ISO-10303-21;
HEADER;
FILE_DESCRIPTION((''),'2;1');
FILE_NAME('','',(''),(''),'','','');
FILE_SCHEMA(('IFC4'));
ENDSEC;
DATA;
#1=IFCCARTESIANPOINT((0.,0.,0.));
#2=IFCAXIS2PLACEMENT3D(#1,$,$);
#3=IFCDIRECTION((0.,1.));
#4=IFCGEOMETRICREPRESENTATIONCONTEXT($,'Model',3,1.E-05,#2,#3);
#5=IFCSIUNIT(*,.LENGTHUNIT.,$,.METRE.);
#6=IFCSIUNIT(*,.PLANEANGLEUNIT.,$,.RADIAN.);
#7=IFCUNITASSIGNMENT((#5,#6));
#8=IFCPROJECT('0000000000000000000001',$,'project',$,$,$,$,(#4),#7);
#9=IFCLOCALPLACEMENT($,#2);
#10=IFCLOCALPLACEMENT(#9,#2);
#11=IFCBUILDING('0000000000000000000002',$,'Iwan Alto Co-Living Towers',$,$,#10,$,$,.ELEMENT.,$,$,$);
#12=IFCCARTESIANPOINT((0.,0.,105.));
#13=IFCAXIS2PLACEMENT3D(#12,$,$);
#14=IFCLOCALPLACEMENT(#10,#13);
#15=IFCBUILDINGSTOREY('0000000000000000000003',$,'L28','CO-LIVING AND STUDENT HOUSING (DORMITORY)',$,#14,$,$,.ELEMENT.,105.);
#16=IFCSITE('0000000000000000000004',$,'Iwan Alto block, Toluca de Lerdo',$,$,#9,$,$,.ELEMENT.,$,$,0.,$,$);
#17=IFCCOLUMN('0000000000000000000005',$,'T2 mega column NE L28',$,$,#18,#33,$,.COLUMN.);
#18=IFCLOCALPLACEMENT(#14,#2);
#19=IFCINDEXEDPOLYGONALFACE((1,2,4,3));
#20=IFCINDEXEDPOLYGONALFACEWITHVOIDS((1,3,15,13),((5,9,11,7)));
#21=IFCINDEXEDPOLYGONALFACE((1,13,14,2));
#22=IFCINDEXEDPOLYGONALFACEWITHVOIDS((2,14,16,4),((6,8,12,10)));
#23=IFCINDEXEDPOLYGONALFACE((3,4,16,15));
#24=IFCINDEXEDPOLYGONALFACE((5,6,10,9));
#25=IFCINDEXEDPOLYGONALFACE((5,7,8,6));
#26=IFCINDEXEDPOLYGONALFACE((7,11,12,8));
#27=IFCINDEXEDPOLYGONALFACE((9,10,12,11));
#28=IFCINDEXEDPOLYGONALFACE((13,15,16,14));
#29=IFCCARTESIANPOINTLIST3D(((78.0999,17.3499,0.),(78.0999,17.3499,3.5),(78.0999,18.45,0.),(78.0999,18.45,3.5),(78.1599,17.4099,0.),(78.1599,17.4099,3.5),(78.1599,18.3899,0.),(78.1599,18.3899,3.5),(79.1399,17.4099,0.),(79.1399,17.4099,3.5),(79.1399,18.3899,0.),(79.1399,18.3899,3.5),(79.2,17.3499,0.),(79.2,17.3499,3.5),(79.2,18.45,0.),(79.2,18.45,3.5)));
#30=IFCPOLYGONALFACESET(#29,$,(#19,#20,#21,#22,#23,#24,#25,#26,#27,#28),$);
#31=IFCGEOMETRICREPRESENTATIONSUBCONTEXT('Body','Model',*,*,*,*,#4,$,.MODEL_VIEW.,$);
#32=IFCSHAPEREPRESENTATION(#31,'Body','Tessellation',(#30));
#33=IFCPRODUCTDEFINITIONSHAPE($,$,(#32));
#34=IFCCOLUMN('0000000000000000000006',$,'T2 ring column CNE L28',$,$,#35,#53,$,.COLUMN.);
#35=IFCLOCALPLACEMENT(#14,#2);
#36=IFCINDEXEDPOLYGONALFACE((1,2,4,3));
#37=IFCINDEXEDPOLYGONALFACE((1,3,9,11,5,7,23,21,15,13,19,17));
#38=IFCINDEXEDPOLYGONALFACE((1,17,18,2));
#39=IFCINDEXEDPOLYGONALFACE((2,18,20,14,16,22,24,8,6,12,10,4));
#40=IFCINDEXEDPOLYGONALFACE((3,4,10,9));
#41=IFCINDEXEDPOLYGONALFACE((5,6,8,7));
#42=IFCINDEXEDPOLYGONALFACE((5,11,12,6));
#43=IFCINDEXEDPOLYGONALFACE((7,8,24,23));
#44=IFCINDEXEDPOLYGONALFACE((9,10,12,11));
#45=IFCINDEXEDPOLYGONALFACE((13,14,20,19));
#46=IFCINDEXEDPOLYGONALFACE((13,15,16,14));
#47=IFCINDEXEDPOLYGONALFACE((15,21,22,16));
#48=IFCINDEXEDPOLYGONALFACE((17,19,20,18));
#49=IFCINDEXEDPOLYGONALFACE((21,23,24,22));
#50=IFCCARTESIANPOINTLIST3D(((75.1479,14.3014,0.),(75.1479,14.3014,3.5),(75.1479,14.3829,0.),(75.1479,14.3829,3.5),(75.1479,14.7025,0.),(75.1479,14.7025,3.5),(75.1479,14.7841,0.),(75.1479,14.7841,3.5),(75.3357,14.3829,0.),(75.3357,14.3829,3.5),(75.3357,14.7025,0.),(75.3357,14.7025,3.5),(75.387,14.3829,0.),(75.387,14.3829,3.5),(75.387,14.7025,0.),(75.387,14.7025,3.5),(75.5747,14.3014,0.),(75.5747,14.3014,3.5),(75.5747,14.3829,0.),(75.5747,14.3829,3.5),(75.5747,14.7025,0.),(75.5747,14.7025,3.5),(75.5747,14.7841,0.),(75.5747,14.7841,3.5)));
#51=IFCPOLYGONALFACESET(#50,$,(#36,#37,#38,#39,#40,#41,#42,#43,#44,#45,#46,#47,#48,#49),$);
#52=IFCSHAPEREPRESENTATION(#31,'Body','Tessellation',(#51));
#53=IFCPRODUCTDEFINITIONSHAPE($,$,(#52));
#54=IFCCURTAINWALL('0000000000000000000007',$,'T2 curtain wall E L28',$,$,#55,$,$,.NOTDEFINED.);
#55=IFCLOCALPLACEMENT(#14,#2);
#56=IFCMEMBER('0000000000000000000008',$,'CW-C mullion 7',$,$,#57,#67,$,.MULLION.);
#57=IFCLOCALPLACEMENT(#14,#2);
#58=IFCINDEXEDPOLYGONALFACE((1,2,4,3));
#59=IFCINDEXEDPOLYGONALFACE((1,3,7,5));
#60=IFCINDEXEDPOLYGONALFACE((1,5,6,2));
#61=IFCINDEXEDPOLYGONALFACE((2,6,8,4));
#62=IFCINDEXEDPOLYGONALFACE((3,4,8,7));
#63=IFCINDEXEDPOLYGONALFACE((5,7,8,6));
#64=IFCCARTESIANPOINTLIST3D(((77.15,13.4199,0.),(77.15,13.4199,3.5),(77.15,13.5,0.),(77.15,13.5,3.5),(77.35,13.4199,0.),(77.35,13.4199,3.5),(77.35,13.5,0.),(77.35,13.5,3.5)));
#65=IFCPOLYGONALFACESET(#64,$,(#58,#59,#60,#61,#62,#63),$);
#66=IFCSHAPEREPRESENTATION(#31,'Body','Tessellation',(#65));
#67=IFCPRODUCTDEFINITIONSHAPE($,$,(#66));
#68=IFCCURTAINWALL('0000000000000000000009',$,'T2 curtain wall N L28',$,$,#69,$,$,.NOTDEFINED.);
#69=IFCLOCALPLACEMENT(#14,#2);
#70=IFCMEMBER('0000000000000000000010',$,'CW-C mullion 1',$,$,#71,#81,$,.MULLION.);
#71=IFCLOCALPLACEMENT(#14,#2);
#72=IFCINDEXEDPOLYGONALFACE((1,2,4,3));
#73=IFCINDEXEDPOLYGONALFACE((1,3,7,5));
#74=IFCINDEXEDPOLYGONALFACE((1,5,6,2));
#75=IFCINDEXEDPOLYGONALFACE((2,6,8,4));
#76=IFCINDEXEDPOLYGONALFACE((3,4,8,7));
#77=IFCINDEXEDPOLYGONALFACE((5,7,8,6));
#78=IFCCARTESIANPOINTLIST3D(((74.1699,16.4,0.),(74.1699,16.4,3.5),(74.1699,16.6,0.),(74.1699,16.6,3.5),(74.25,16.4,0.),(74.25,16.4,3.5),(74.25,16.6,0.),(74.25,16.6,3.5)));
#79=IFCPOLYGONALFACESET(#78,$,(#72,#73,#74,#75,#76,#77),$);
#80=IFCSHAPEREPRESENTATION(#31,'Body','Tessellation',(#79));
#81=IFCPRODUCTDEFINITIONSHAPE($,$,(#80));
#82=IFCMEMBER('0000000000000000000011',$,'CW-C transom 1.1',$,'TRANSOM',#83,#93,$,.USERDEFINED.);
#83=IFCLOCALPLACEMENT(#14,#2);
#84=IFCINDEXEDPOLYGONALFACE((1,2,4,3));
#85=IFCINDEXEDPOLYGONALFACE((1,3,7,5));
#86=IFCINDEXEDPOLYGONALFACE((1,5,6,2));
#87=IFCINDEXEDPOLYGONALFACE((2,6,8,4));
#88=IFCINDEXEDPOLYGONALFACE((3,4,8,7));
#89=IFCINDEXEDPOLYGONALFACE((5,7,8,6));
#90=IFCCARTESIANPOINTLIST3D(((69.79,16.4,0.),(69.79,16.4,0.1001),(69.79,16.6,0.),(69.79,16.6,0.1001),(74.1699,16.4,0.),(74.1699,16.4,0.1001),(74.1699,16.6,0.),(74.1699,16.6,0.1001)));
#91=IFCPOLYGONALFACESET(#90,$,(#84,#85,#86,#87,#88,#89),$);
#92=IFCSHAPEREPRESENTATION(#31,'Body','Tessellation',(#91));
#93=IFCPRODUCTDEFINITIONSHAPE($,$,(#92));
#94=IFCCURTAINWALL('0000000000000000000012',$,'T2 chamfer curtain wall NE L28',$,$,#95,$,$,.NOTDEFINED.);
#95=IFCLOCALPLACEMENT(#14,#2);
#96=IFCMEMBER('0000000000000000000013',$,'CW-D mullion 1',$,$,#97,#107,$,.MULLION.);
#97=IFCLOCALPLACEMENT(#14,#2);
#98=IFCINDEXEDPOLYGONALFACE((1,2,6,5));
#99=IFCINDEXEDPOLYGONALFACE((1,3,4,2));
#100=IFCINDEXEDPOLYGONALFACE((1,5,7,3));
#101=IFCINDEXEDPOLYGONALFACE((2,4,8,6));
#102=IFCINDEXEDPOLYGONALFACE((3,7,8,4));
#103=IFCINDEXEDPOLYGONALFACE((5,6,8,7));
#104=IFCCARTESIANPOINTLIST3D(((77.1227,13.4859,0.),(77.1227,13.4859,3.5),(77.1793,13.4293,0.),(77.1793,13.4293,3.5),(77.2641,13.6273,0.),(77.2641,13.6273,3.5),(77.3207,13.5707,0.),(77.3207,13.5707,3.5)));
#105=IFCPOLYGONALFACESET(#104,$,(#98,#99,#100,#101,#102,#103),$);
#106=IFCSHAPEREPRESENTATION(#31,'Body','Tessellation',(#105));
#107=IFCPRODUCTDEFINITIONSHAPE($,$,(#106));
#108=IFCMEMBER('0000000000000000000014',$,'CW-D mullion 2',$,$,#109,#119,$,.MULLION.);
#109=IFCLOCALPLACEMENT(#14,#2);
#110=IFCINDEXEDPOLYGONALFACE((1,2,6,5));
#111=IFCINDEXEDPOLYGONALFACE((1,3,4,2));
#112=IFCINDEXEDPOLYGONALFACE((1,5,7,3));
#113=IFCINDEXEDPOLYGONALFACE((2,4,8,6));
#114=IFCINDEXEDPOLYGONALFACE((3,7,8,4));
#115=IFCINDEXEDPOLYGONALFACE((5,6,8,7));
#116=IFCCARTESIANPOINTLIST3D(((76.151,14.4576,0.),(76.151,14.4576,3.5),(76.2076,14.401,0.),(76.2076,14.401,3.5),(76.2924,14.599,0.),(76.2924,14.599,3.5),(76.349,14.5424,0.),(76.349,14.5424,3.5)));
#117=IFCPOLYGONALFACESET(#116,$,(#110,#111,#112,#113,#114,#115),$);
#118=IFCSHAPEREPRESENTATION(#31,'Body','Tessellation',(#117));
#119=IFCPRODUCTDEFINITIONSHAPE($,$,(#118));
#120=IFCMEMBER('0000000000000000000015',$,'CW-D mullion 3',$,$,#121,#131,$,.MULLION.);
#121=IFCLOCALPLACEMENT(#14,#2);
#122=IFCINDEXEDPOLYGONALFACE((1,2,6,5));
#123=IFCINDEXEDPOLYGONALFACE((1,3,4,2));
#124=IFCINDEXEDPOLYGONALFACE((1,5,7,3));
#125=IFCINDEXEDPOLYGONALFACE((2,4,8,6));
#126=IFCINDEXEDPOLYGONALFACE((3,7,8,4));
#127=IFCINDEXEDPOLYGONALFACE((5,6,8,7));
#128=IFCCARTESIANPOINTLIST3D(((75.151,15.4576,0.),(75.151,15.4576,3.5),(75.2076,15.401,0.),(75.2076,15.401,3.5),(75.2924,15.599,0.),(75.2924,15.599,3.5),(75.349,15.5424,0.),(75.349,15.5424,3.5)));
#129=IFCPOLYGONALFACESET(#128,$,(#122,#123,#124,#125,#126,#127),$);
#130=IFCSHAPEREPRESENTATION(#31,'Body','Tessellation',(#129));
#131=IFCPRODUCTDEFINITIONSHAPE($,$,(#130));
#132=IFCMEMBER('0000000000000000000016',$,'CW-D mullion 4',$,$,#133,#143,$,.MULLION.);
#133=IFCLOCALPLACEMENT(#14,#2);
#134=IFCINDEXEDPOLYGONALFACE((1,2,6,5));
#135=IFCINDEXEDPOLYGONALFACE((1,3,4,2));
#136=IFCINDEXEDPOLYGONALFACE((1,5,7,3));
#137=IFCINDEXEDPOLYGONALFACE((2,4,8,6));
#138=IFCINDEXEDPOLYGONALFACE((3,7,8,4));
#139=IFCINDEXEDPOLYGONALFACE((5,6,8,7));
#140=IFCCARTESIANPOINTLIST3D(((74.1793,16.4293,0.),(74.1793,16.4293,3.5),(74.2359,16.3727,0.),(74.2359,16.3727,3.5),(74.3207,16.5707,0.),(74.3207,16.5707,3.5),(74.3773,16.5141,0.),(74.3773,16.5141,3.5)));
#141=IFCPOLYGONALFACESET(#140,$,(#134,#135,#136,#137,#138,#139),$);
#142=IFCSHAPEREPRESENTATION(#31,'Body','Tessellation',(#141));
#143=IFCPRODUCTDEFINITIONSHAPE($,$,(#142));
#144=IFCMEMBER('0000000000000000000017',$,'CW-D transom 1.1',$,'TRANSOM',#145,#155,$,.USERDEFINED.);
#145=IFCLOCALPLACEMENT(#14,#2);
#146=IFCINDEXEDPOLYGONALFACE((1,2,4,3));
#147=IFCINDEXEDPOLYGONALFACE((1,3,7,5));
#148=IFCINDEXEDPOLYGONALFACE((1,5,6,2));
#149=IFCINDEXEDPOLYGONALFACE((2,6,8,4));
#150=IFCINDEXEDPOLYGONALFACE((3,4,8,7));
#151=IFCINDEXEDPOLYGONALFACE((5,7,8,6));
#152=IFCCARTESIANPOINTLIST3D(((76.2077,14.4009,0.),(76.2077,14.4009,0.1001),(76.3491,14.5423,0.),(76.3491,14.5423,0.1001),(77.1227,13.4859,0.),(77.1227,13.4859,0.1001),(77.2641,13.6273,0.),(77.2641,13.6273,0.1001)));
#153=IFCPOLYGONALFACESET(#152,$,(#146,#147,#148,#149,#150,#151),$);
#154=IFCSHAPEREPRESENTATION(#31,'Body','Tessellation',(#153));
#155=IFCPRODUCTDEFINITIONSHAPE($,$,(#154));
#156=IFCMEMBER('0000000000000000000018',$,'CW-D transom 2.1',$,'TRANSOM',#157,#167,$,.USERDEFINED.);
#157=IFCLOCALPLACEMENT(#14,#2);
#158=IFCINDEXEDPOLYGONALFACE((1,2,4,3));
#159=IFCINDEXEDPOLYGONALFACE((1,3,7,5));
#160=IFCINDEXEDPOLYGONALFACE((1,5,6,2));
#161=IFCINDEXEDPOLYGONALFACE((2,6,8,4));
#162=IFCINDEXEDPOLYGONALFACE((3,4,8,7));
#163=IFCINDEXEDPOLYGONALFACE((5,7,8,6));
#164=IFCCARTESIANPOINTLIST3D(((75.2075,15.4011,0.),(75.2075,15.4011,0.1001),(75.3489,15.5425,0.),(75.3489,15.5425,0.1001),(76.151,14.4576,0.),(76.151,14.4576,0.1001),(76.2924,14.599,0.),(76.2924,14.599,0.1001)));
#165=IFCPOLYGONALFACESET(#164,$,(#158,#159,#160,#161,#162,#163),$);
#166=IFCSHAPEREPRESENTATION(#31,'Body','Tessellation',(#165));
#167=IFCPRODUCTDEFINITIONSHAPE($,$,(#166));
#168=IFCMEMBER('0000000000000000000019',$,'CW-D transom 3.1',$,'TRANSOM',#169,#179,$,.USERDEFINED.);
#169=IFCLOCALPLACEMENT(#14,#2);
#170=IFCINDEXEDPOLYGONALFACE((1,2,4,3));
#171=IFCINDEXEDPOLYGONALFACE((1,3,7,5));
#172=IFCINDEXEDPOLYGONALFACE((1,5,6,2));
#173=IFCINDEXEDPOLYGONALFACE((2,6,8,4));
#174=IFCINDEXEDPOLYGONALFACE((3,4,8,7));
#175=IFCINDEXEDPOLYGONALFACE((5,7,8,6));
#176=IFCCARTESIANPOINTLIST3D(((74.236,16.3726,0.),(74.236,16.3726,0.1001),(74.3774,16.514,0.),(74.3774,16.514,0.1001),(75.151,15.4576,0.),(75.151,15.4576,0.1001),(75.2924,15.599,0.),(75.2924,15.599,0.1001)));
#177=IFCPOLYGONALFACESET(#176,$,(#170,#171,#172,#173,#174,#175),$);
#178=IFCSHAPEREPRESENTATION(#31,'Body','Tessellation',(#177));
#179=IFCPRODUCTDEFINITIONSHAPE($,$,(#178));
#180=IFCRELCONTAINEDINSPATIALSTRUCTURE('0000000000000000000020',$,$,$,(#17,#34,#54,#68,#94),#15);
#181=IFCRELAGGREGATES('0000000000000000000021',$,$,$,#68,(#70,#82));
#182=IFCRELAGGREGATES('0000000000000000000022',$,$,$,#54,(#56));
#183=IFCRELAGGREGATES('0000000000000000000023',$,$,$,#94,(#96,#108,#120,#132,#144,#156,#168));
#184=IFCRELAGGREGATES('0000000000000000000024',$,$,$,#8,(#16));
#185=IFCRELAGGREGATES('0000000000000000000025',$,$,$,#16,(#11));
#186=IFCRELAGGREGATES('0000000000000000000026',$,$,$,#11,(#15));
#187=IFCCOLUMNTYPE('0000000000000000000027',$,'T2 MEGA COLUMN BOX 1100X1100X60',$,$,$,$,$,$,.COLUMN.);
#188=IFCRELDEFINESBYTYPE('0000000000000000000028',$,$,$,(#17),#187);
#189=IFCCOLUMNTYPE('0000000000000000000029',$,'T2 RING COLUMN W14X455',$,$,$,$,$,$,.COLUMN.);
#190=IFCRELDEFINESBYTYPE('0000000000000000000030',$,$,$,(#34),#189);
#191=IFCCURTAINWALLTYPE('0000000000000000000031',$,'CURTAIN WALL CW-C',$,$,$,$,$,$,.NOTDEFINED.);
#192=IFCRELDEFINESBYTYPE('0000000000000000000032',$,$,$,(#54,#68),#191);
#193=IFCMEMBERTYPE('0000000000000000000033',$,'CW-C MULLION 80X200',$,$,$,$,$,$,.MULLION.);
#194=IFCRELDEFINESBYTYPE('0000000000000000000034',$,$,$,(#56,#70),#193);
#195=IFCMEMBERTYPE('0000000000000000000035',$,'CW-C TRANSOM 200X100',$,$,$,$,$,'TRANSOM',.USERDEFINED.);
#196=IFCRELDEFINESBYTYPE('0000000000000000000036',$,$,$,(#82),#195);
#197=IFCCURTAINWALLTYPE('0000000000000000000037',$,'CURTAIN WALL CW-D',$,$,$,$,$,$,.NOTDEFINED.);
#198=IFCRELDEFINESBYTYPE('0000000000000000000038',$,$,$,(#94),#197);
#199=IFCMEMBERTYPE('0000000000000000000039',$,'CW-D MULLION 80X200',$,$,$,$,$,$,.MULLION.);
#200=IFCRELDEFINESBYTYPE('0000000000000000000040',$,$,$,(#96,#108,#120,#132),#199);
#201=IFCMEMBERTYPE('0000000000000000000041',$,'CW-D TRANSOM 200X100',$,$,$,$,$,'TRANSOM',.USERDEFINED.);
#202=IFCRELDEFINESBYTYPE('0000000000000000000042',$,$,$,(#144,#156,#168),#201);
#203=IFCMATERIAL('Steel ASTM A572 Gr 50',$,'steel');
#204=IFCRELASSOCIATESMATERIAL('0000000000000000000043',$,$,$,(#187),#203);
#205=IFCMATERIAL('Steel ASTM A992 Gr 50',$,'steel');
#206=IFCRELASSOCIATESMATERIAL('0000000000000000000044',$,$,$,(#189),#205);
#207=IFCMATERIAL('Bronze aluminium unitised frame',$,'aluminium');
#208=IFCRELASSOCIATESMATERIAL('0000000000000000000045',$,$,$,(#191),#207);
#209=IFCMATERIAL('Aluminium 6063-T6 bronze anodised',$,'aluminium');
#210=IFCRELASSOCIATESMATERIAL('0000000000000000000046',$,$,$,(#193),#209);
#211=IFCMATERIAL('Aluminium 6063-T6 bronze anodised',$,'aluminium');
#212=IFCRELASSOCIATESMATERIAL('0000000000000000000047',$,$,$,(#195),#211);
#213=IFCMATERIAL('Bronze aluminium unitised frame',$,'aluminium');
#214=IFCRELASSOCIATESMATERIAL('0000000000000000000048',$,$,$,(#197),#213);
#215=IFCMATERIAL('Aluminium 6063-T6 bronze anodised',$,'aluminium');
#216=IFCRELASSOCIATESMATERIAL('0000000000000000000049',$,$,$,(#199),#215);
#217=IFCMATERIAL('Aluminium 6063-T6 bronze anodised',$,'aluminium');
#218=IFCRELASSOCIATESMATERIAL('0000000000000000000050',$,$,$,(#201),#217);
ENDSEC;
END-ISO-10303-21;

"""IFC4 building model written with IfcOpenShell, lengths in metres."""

from ifc_helpers import new_model, si_unit, direction, frame, origin, origin_2d, place, context, subcontext, project, spatial, rectangle, hollow_rectangle, i_section, extrude, material, material_profile, profile_set, type_object, element, aggregate, save


model = new_model("IFC4")

# Units and contexts
model_context = context("Model", 3, precision=1e-05, world=origin(), true_north=direction((0.0, 1.0)))
body_context = subcontext(model_context, "Body", "Model", "MODEL_VIEW")
ifc_project = project(units=[si_unit("LENGTHUNIT", "METRE"), si_unit("PLANEANGLEUNIT", "RADIAN")], contexts=[model_context])

# Site, building, storey
site_placement = place(None, origin())
site = spatial("IfcSite", under=ifc_project, at=site_placement, Name="Iwan Alto block, Toluca de Lerdo", CompositionType="ELEMENT", RefElevation=0.0)
building_placement = place(site_placement, origin())
building = spatial("IfcBuilding", under=site, at=building_placement, Name="Iwan Alto Co-Living Towers", CompositionType="ELEMENT")
storey_placement = place(building_placement, frame((0.0, 0.0, 105.0)))
storey = spatial("IfcBuildingStorey", under=building, at=storey_placement, Name="L28", Description="CO-LIVING AND STUDENT HOUSING (DORMITORY)", CompositionType="ELEMENT", Elevation=105.0)

# Columns
ifc_material_1 = material(Name="Steel ASTM A572 Gr 50", Category="steel")
ifc_material_profile_1 = material_profile(ifc_material_1, hollow_rectangle(XDim=1.1001, YDim=1.1001, WallThickness=0.0601, at=origin_2d()), Name="BOX 1100X1100X60")
ifc_profile_set_1 = profile_set([ifc_material_profile_1], Name="Steel ASTM A572 Gr 50")
column_type_1 = type_object("IfcColumnType", Name="T2 MEGA COLUMN BOX 1100X1100X60", PredefinedType="COLUMN", material=ifc_profile_set_1)
column_1_placement = place(storey_placement, frame((78.6499, 17.8999, 0.0), z_axis=(0.0, 0.0, 1.0), x_axis=(1.0, 0.0, 0.0)))
element("IfcColumn", 1, at=column_1_placement, inside=storey, type_object=column_type_1, Name="T2 mega column NE L28", PredefinedType="COLUMN", context=body_context, shape_type="SweptSolid", body=[
    extrude(hollow_rectangle(XDim=1.1001, YDim=1.1001, WallThickness=0.0601, at=origin_2d()), origin(), (0.0, 0.0, 1.0), 3.5),
])
ifc_material_2 = material(Name="Steel ASTM A992 Gr 50", Category="steel")
ifc_material_profile_2 = material_profile(ifc_material_2, i_section(OverallWidth=0.4268, OverallDepth=0.4827, WebThickness=0.0513, FlangeThickness=0.0815, at=origin_2d()), Name="W14X455")
ifc_profile_set_2 = profile_set([ifc_material_profile_2], Name="Steel ASTM A992 Gr 50")
column_type_2 = type_object("IfcColumnType", Name="T2 RING COLUMN W14X455", PredefinedType="COLUMN", material=ifc_profile_set_2)
column_2_placement = place(storey_placement, frame((75.3613, 14.5427, 0.0), z_axis=(0.0, 0.0, 1.0), x_axis=(1.0, 0.0, 0.0)))
element("IfcColumn", 2, at=column_2_placement, inside=storey, type_object=column_type_2, Name="T2 ring column CNE L28", PredefinedType="COLUMN", context=body_context, shape_type="SweptSolid", body=[
    extrude(i_section(OverallWidth=0.4268, OverallDepth=0.4827, WebThickness=0.0513, FlangeThickness=0.0815, at=origin_2d()), origin(), (0.0, 0.0, 1.0), 3.5),
])

# Curtain wall, member
ifc_material_3 = material(Name="Bronze aluminium unitised frame", Category="aluminium")
curtain_wall_type_1 = type_object("IfcCurtainWallType", Name="CURTAIN WALL CW-C", PredefinedType="NOTDEFINED", material=ifc_material_3)
curtain_wall_1_placement = place(storey_placement, origin())
curtain_wall_1 = element("IfcCurtainWall", 3, at=curtain_wall_1_placement, inside=storey, type_object=curtain_wall_type_1, Name="T2 curtain wall E L28", PredefinedType="NOTDEFINED")
ifc_material_4 = material(Name="Aluminium 6063-T6 bronze anodised", Category="aluminium")
ifc_material_profile_3 = material_profile(ifc_material_4, rectangle(XDim=0.2, YDim=0.0801, at=origin_2d()), Name="AL 80X200")
ifc_profile_set_3 = profile_set([ifc_material_profile_3], Name="Aluminium 6063-T6 bronze anodised")
member_type_1 = type_object("IfcMemberType", Name="CW-C MULLION 80X200", PredefinedType="MULLION", material=ifc_profile_set_3)
member_1_placement = place(storey_placement, frame((77.25, 13.46, 0.0), z_axis=(0.0, 0.0, 1.0), x_axis=(-1.0, 0.0, 0.0)))
member_1 = element("IfcMember", 4, at=member_1_placement, type_object=member_type_1, Name="CW-C mullion 7", PredefinedType="MULLION", context=body_context, shape_type="SweptSolid", body=[
    extrude(rectangle(XDim=0.2, YDim=0.0801, at=origin_2d()), origin(), (0.0, 0.0, 1.0), 3.5),
])

# Curtain walls, members
curtain_wall_2_placement = place(storey_placement, origin())
curtain_wall_2 = element("IfcCurtainWall", 5, at=curtain_wall_2_placement, inside=storey, type_object=curtain_wall_type_1, Name="T2 curtain wall N L28", PredefinedType="NOTDEFINED")
member_2_placement = place(storey_placement, frame((74.21, 16.5, 0.0), z_axis=(0.0, 0.0, 1.0), x_axis=(0.0, -1.0, 0.0)))
member_2 = element("IfcMember", 6, at=member_2_placement, type_object=member_type_1, Name="CW-C mullion 1", PredefinedType="MULLION", context=body_context, shape_type="SweptSolid", body=[
    extrude(rectangle(XDim=0.2, YDim=0.0801, at=origin_2d()), origin(), (0.0, 0.0, 1.0), 3.5),
])
ifc_material_5 = material(Name="Aluminium 6063-T6 bronze anodised", Category="aluminium")
ifc_material_profile_4 = material_profile(ifc_material_5, rectangle(XDim=0.2, YDim=0.1001, at=origin_2d()), Name="AL 200X100")
ifc_profile_set_4 = profile_set([ifc_material_profile_4], Name="Aluminium 6063-T6 bronze anodised")
member_type_2 = type_object("IfcMemberType", Name="CW-C TRANSOM 200X100", ElementType="TRANSOM", PredefinedType="USERDEFINED", material=ifc_profile_set_4)
member_3_placement = place(storey_placement, frame((74.1699, 16.5, 0.05), z_axis=(-1.0, 0.0, 0.0), x_axis=(0.0, -1.0, 0.0)))
member_3 = element("IfcMember", 7, at=member_3_placement, type_object=member_type_2, Name="CW-C transom 1.1", ObjectType="TRANSOM", PredefinedType="USERDEFINED", context=body_context, shape_type="SweptSolid", body=[
    extrude(rectangle(XDim=0.2, YDim=0.1001, at=origin_2d()), origin(), (0.0, 0.0, 1.0), 4.3799),
])
aggregate(curtain_wall_2, [member_2, member_3])
ifc_material_6 = material(Name="Bronze aluminium unitised frame", Category="aluminium")
curtain_wall_type_2 = type_object("IfcCurtainWallType", Name="CURTAIN WALL CW-D", PredefinedType="NOTDEFINED", material=ifc_material_6)
curtain_wall_3_placement = place(storey_placement, origin())
curtain_wall_3 = element("IfcCurtainWall", 8, at=curtain_wall_3_placement, inside=storey, type_object=curtain_wall_type_2, Name="T2 chamfer curtain wall NE L28", PredefinedType="NOTDEFINED")
ifc_material_7 = material(Name="Aluminium 6063-T6 bronze anodised", Category="aluminium")
ifc_material_profile_5 = material_profile(ifc_material_7, rectangle(XDim=0.2, YDim=0.0801, at=origin_2d()), Name="AL 80X200")
ifc_profile_set_5 = profile_set([ifc_material_profile_5], Name="Aluminium 6063-T6 bronze anodised")
member_type_3 = type_object("IfcMemberType", Name="CW-D MULLION 80X200", PredefinedType="MULLION", material=ifc_profile_set_5)
member_4_placement = place(storey_placement, frame((77.2217, 13.5283, 0.0), z_axis=(0.0, 0.0, 1.0), x_axis=(-0.707107, -0.707107, 0.0)))
member_4 = element("IfcMember", 9, at=member_4_placement, type_object=member_type_3, Name="CW-D mullion 1", PredefinedType="MULLION", context=body_context, shape_type="SweptSolid", body=[
    extrude(rectangle(XDim=0.2, YDim=0.0801, at=origin_2d()), origin(), (0.0, 0.0, 1.0), 3.5),
])
member_5_placement = place(storey_placement, frame((76.25, 14.5, 0.0), z_axis=(0.0, 0.0, 1.0), x_axis=(-0.707107, -0.707107, 0.0)))
member_5 = element("IfcMember", 10, at=member_5_placement, type_object=member_type_3, Name="CW-D mullion 2", PredefinedType="MULLION", context=body_context, shape_type="SweptSolid", body=[
    extrude(rectangle(XDim=0.2, YDim=0.0801, at=origin_2d()), origin(), (0.0, 0.0, 1.0), 3.5),
])
member_6_placement = place(storey_placement, frame((75.25, 15.5, 0.0), z_axis=(0.0, 0.0, 1.0), x_axis=(-0.707107, -0.707107, 0.0)))
member_6 = element("IfcMember", 11, at=member_6_placement, type_object=member_type_3, Name="CW-D mullion 3", PredefinedType="MULLION", context=body_context, shape_type="SweptSolid", body=[
    extrude(rectangle(XDim=0.2, YDim=0.0801, at=origin_2d()), origin(), (0.0, 0.0, 1.0), 3.5),
])
member_7_placement = place(storey_placement, frame((74.2783, 16.4717, 0.0), z_axis=(0.0, 0.0, 1.0), x_axis=(-0.707107, -0.707107, 0.0)))
member_7 = element("IfcMember", 12, at=member_7_placement, type_object=member_type_3, Name="CW-D mullion 4", PredefinedType="MULLION", context=body_context, shape_type="SweptSolid", body=[
    extrude(rectangle(XDim=0.2, YDim=0.0801, at=origin_2d()), origin(), (0.0, 0.0, 1.0), 3.5),
])
ifc_material_8 = material(Name="Aluminium 6063-T6 bronze anodised", Category="aluminium")
ifc_material_profile_6 = material_profile(ifc_material_8, rectangle(XDim=0.2, YDim=0.1001, at=origin_2d()), Name="AL 200X100")
ifc_profile_set_6 = profile_set([ifc_material_profile_6], Name="Aluminium 6063-T6 bronze anodised")
member_type_4 = type_object("IfcMemberType", Name="CW-D TRANSOM 200X100", ElementType="TRANSOM", PredefinedType="USERDEFINED", material=ifc_profile_set_6)
member_8_placement = place(storey_placement, frame((77.1934, 13.5566, 0.05), z_axis=(-0.707107, 0.707107, 0.0), x_axis=(-0.707107, -0.707107, 0.0)))
member_8 = element("IfcMember", 13, at=member_8_placement, type_object=member_type_4, Name="CW-D transom 1.1", ObjectType="TRANSOM", PredefinedType="USERDEFINED", context=body_context, shape_type="SweptSolid", body=[
    extrude(rectangle(XDim=0.2, YDim=0.1001, at=origin_2d()), origin(), (0.0, 0.0, 1.0), 1.2939),
])
member_9_placement = place(storey_placement, frame((76.2217, 14.5283, 0.05), z_axis=(-0.707107, 0.707107, 0.0), x_axis=(-0.707107, -0.707107, 0.0)))
member_9 = element("IfcMember", 14, at=member_9_placement, type_object=member_type_4, Name="CW-D transom 2.1", ObjectType="TRANSOM", PredefinedType="USERDEFINED", context=body_context, shape_type="SweptSolid", body=[
    extrude(rectangle(XDim=0.2, YDim=0.1001, at=origin_2d()), origin(), (0.0, 0.0, 1.0), 1.3342),
])
member_10_placement = place(storey_placement, frame((75.2217, 15.5283, 0.05), z_axis=(-0.707107, 0.707107, 0.0), x_axis=(-0.707107, -0.707107, 0.0)))
member_10 = element("IfcMember", 15, at=member_10_placement, type_object=member_type_4, Name="CW-D transom 3.1", ObjectType="TRANSOM", PredefinedType="USERDEFINED", context=body_context, shape_type="SweptSolid", body=[
    extrude(rectangle(XDim=0.2, YDim=0.1001, at=origin_2d()), origin(), (0.0, 0.0, 1.0), 1.2939),
])

aggregate(curtain_wall_1, [member_1])
aggregate(curtain_wall_3, [member_4, member_5, member_6, member_7, member_8, member_9, member_10])

save(model, "model.ifc")
